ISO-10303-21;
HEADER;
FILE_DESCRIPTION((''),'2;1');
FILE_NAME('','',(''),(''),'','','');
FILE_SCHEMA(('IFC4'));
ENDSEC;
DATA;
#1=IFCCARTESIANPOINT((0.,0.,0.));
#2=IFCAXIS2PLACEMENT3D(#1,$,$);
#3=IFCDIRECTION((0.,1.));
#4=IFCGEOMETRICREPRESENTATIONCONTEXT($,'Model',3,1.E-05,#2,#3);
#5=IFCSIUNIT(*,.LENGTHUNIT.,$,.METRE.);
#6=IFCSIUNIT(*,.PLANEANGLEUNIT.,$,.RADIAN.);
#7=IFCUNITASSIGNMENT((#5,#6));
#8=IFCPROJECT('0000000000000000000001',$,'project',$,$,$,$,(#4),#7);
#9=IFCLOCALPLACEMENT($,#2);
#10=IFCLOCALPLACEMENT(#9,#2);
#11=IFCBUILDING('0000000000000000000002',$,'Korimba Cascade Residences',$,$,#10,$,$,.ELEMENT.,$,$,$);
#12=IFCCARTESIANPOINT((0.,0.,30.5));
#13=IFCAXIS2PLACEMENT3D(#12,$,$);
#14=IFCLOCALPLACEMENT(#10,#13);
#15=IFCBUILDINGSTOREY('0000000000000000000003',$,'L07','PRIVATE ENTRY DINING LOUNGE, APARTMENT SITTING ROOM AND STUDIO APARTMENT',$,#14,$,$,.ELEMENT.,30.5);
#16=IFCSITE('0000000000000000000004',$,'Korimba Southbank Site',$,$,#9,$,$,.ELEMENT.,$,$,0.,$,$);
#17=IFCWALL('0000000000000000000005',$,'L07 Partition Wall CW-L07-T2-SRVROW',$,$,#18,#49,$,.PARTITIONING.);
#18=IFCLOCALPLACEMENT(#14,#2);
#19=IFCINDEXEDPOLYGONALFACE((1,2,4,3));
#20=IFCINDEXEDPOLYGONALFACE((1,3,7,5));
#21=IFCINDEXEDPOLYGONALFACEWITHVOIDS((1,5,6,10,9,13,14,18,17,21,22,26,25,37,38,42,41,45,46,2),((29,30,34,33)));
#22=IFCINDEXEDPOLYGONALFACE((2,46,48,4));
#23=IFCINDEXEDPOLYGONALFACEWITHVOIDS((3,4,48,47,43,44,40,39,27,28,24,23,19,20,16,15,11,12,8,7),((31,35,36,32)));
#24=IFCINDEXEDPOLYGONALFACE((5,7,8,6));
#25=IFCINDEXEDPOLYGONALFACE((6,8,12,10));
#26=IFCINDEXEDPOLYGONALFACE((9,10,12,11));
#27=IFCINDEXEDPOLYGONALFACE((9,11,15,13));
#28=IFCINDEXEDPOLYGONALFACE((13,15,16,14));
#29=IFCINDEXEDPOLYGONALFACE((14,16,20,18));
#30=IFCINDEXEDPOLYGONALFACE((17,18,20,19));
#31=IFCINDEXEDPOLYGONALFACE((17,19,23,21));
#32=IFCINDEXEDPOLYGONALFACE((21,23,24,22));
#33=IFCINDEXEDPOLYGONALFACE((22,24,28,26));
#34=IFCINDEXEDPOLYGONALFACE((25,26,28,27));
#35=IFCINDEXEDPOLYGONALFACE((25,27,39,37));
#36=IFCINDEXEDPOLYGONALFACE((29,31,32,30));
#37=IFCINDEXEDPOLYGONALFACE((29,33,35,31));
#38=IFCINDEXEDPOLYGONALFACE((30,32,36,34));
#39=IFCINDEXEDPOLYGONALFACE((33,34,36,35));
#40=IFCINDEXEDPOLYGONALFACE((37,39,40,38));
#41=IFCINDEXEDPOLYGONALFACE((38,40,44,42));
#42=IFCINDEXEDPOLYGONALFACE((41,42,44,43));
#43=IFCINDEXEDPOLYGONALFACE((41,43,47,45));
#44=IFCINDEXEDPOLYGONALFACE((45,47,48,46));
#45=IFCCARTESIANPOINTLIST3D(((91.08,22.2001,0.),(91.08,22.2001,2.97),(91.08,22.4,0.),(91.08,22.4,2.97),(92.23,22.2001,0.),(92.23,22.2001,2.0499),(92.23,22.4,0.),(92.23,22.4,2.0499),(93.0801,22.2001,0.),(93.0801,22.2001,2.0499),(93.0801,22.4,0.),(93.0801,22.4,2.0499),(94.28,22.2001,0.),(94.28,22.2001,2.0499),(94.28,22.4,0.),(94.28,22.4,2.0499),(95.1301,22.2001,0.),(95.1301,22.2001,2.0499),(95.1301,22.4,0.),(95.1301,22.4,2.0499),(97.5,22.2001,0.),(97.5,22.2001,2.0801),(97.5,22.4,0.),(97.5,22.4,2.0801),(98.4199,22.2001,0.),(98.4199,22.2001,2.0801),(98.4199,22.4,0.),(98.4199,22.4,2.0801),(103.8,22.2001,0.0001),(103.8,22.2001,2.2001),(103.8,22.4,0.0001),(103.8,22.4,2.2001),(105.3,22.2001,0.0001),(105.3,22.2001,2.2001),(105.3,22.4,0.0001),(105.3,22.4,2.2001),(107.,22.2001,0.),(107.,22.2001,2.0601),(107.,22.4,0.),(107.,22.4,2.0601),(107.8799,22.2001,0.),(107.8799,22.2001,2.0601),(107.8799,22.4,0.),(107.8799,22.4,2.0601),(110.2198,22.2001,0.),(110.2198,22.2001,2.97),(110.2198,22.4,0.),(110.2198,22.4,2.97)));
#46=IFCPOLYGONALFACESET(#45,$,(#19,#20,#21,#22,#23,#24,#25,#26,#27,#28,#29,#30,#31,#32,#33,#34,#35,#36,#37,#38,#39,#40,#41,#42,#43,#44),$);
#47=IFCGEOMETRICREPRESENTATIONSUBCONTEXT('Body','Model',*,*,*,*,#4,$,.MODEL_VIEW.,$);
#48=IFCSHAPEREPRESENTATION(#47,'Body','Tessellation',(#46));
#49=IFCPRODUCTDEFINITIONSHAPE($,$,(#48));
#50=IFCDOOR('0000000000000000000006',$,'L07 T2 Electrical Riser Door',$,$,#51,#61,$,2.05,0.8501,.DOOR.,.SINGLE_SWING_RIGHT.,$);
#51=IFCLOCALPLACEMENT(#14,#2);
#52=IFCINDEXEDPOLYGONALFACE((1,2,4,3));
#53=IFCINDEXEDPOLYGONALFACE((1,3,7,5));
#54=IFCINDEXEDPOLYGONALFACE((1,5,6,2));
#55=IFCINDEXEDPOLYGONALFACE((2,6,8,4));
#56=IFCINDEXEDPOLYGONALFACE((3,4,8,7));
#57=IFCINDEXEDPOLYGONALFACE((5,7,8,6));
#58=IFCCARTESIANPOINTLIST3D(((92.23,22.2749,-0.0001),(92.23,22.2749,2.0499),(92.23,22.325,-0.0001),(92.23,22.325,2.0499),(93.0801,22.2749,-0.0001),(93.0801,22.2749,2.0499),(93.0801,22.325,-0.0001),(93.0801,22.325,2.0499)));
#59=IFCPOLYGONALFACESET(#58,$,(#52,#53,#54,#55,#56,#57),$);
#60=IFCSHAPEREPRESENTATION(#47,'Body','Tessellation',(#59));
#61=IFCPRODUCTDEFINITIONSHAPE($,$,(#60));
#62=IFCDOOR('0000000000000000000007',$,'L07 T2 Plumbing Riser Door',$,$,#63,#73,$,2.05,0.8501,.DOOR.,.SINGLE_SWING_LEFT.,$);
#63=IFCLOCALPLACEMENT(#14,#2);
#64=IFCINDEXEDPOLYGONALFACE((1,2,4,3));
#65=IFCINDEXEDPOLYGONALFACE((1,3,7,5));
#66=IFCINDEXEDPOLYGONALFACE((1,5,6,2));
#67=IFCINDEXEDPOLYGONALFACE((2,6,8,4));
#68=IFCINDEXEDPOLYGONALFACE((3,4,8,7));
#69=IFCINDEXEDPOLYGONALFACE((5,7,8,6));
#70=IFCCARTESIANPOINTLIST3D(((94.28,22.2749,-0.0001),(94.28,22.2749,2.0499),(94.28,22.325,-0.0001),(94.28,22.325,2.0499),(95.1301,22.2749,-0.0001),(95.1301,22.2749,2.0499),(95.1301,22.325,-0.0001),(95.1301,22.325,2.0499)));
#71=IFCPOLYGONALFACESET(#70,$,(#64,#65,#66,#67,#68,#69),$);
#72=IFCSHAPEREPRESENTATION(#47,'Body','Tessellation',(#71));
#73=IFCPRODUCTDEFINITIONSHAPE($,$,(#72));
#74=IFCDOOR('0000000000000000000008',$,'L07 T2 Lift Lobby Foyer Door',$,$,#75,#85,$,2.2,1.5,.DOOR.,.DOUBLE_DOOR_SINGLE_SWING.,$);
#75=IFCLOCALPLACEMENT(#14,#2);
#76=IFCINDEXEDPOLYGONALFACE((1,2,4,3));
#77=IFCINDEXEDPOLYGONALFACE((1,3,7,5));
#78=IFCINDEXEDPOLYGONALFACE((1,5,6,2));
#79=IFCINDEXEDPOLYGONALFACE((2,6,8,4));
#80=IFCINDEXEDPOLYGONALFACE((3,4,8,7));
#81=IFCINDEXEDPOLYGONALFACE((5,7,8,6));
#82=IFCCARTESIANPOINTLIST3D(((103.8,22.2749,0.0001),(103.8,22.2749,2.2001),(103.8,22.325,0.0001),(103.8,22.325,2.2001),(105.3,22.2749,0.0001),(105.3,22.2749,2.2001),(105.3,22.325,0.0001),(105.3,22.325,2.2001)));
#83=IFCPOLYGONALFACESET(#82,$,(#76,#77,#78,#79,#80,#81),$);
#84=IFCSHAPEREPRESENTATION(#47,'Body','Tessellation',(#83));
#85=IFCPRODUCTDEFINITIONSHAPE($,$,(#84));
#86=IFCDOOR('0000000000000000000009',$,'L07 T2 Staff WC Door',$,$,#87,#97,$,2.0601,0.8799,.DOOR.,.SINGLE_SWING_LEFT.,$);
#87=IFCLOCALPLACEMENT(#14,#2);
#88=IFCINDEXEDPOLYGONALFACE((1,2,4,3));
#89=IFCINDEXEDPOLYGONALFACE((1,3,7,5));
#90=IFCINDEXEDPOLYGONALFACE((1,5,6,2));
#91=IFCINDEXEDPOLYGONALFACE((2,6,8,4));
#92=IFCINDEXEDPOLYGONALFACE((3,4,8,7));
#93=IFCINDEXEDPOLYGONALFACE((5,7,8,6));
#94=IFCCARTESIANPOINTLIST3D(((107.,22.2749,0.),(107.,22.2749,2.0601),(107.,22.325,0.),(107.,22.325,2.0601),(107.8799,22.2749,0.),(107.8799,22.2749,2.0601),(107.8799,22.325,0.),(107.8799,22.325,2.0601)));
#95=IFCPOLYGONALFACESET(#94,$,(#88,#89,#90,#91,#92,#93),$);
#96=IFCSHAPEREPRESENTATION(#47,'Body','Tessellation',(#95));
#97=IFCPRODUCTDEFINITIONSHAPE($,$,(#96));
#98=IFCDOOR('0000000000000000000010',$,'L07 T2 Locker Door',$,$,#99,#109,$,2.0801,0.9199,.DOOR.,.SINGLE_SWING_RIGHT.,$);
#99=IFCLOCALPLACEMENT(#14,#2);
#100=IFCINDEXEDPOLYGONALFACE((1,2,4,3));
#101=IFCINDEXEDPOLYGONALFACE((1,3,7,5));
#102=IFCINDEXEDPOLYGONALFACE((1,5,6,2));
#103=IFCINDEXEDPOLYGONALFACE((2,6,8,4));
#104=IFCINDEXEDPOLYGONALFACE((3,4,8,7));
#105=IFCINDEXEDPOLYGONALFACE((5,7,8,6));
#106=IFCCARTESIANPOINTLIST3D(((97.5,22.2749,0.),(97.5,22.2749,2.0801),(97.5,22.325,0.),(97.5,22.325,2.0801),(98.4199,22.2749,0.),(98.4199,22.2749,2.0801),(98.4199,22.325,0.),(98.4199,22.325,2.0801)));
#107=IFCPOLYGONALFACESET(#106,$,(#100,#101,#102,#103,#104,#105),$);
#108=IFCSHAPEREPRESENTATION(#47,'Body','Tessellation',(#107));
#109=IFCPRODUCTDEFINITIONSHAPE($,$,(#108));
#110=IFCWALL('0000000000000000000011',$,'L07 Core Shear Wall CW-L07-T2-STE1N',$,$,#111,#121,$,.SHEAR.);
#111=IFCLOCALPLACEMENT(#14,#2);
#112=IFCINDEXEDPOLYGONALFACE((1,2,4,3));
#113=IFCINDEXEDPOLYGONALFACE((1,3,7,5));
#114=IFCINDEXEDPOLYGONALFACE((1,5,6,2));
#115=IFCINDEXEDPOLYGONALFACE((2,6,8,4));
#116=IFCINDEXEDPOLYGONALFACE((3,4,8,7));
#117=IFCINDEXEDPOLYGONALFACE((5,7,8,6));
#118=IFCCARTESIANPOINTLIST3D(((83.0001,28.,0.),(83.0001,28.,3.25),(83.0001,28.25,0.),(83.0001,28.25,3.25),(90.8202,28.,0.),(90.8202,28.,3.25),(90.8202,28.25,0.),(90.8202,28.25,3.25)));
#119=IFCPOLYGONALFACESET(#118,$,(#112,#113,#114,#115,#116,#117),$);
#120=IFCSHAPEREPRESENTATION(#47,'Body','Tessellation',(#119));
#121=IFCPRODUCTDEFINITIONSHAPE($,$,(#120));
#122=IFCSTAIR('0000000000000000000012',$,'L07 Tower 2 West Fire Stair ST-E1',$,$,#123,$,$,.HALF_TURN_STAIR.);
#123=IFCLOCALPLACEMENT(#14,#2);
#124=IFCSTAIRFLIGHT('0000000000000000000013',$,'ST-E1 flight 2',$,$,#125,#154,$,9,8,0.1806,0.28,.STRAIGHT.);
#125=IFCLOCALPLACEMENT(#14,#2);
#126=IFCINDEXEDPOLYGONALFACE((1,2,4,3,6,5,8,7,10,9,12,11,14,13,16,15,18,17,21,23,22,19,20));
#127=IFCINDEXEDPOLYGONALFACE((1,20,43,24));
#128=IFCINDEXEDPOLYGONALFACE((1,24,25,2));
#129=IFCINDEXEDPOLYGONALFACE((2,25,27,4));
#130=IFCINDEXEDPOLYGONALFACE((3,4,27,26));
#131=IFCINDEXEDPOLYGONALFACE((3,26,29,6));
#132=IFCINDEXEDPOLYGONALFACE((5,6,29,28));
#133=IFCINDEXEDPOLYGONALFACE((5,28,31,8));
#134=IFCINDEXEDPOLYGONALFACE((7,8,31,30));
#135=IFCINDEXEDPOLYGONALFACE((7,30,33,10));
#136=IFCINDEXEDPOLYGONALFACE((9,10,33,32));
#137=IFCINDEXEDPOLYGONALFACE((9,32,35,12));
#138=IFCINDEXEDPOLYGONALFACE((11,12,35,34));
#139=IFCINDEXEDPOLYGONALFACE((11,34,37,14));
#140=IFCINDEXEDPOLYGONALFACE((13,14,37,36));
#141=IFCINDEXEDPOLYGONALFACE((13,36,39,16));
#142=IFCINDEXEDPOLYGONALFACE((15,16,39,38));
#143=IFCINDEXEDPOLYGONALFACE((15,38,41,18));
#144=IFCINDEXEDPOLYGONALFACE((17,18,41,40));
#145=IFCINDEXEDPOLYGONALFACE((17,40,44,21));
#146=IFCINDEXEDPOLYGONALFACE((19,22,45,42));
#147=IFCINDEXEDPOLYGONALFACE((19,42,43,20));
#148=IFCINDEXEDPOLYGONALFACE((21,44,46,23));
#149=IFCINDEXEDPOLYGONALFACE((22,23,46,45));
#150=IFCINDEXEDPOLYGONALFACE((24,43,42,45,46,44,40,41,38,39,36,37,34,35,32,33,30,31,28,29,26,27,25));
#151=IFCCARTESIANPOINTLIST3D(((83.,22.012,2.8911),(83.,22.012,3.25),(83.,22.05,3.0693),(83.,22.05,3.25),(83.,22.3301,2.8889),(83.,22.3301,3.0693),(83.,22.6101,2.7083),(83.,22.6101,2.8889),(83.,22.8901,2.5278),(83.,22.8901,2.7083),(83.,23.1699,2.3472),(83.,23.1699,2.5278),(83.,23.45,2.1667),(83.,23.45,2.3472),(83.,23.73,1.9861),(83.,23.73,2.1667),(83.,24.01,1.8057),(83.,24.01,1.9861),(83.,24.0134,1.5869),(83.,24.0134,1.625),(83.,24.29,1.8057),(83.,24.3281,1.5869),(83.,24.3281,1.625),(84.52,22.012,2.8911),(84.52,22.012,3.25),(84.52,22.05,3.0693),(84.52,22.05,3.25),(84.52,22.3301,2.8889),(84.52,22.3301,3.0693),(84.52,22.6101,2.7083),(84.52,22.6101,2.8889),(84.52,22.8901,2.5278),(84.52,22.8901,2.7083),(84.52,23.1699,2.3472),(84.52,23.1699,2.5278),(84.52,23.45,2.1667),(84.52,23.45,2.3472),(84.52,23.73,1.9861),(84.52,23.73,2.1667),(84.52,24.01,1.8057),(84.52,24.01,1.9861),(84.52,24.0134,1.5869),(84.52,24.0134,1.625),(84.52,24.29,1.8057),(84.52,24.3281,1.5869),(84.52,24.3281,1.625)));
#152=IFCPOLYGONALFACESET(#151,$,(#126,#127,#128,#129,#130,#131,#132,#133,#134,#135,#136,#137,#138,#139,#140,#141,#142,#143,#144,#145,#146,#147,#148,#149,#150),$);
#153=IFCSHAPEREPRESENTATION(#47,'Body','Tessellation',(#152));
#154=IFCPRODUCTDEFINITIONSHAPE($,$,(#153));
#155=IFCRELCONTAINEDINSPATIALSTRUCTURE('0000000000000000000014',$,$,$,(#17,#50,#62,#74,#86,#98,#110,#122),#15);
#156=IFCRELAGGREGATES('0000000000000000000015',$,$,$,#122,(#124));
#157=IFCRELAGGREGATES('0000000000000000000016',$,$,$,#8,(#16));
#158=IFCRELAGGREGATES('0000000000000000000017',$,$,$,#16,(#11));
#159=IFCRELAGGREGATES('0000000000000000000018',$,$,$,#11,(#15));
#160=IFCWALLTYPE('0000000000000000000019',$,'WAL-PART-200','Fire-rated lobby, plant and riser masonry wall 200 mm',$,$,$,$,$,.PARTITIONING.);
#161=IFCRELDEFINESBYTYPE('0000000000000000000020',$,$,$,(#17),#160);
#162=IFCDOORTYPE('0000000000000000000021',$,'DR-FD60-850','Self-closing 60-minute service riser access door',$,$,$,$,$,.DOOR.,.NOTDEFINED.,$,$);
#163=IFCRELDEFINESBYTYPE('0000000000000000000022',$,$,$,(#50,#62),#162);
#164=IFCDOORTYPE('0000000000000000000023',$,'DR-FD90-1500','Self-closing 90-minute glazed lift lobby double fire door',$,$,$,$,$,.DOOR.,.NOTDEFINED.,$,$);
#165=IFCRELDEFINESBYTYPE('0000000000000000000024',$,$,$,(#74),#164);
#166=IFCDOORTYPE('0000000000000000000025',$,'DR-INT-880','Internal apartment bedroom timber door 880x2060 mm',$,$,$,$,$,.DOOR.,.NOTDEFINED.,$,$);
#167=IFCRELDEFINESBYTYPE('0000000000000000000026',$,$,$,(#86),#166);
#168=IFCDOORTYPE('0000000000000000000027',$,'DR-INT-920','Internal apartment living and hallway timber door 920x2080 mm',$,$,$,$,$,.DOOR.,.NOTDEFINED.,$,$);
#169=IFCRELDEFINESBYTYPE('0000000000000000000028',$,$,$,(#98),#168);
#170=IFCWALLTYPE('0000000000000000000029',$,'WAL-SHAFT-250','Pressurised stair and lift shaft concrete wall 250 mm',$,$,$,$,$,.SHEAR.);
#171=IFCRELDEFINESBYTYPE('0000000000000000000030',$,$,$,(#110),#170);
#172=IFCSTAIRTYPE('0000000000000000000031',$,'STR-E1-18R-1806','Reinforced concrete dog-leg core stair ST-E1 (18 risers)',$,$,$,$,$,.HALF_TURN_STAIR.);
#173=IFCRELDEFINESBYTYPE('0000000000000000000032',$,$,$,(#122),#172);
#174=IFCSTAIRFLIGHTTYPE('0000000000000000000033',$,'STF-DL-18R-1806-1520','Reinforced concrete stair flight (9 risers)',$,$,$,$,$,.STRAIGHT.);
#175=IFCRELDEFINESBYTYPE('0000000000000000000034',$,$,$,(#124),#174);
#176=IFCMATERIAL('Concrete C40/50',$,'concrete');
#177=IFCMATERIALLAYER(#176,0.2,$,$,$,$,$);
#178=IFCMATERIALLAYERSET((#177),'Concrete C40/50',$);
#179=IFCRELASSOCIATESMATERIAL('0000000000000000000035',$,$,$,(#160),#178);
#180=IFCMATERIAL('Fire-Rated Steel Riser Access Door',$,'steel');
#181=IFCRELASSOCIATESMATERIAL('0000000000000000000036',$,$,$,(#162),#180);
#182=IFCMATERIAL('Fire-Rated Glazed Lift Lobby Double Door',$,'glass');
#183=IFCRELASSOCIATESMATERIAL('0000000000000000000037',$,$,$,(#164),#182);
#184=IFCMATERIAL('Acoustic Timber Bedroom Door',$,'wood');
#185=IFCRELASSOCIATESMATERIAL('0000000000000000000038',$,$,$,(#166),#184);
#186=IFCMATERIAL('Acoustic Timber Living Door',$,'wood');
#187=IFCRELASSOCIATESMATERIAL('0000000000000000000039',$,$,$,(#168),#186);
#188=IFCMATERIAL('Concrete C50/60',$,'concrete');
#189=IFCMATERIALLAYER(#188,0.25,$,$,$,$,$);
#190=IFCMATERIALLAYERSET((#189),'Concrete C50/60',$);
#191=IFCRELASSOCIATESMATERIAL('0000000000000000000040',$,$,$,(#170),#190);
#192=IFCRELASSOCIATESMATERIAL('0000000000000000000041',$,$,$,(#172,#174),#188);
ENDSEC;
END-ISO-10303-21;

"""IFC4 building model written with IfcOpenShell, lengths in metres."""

from ifc_helpers import new_model, si_unit, direction, frame, frame_2d, origin, place, context, subcontext, project, spatial, polyline, rectangle, outline, extrude, material, layer, layer_set, type_object, element, fill, aggregate, save


model = new_model("IFC4")

# Units and contexts
model_context = context("Model", 3, precision=1e-05, world=origin(), true_north=direction((0.0, 1.0)))
body_context = subcontext(model_context, "Body", "Model", "MODEL_VIEW")
ifc_project = project(units=[si_unit("LENGTHUNIT", "METRE"), si_unit("PLANEANGLEUNIT", "RADIAN")], contexts=[model_context])

# Site, building, storey
site_placement = place(None, origin())
site = spatial("IfcSite", under=ifc_project, at=site_placement, Name="Korimba Southbank Site", CompositionType="ELEMENT", RefElevation=0.0)
building_placement = place(site_placement, origin())
building = spatial("IfcBuilding", under=site, at=building_placement, Name="Korimba Cascade Residences", CompositionType="ELEMENT")
storey_placement = place(building_placement, frame((0.0, 0.0, 30.5)))
storey = spatial("IfcBuildingStorey", under=building, at=storey_placement, Name="L07", Description="PRIVATE ENTRY DINING LOUNGE, APARTMENT SITTING ROOM AND STUDIO APARTMENT", CompositionType="ELEMENT", Elevation=30.5)

# Shared definitions
ifc_material_1 = material(Name="Concrete C40/50", Category="concrete")
ifc_layer_1 = layer(ifc_material_1, 0.2)
ifc_layer_set_1 = layer_set([ifc_layer_1], Name="Concrete C40/50")
wall_type_1 = type_object("IfcWallType", Name="WAL-PART-200", Description="Fire-rated lobby, plant and riser masonry wall 200 mm", PredefinedType="PARTITIONING", material=ifc_layer_set_1)

# Wall, openings, doors
wall_1_placement = place(storey_placement, frame((91.0801, 22.3, 0.0), z_axis=(0.0, 0.0, 1.0), x_axis=(1.0, 0.0, 0.0)))
wall_1 = element("IfcWall", 1, at=wall_1_placement, inside=storey, type_object=wall_type_1, Name="L07 Partition Wall CW-L07-T2-SRVROW", PredefinedType="PARTITIONING", context=body_context, shape_type="SweptSolid", body=[
    extrude(rectangle(XDim=19.1399, YDim=0.2, at=frame_2d((9.5698, 0.0))), origin(), (0.0, 0.0, 1.0), 2.97),
])
opening_1_placement = place(wall_1_placement, frame((1.1499, 0.0, 0.0)))
opening_1 = element("IfcOpeningElement", 2, at=opening_1_placement, cuts=wall_1, PredefinedType="OPENING", context=body_context, shape_type="SweptSolid", body=[
    extrude(rectangle(XDim=0.8501, YDim=2.05, at=frame_2d((0.425, 1.0249))), frame((0.0, 0.1099, 0.0), z_axis=(0.0, -1.0, 0.0), x_axis=(1.0, 0.0, 0.0)), (0.0, 0.0, 1.0), 0.22),
])
opening_2_placement = place(wall_1_placement, frame((3.2, 0.0, 0.0)))
opening_2 = element("IfcOpeningElement", 3, at=opening_2_placement, cuts=wall_1, PredefinedType="OPENING", context=body_context, shape_type="SweptSolid", body=[
    extrude(rectangle(XDim=0.8501, YDim=2.05, at=frame_2d((0.425, 1.0249))), frame((0.0, 0.1099, 0.0), z_axis=(0.0, -1.0, 0.0), x_axis=(1.0, 0.0, 0.0)), (0.0, 0.0, 1.0), 0.22),
])
opening_3_placement = place(wall_1_placement, frame((12.72, 0.0, 0.0)))
opening_3 = element("IfcOpeningElement", 4, at=opening_3_placement, cuts=wall_1, PredefinedType="OPENING", context=body_context, shape_type="SweptSolid", body=[
    extrude(rectangle(XDim=1.5, YDim=2.2, at=frame_2d((0.75, 1.1001))), frame((0.0, 0.1099, 0.0), z_axis=(0.0, -1.0, 0.0), x_axis=(1.0, 0.0, 0.0)), (0.0, 0.0, 1.0), 0.22),
])
opening_4_placement = place(wall_1_placement, frame((6.4199, 0.0, 0.0)))
opening_4 = element("IfcOpeningElement", 5, at=opening_4_placement, cuts=wall_1, PredefinedType="OPENING", context=body_context, shape_type="SweptSolid", body=[
    extrude(rectangle(XDim=0.9199, YDim=2.0801, at=frame_2d((0.46, 1.04))), frame((0.0, 0.1099, 0.0), z_axis=(0.0, -1.0, 0.0), x_axis=(1.0, 0.0, 0.0)), (0.0, 0.0, 1.0), 0.22),
])
opening_5_placement = place(wall_1_placement, frame((15.9199, 0.0, 0.0)))
opening_5 = element("IfcOpeningElement", 6, at=opening_5_placement, cuts=wall_1, PredefinedType="OPENING", context=body_context, shape_type="SweptSolid", body=[
    extrude(rectangle(XDim=0.8799, YDim=2.0601, at=frame_2d((0.4399, 1.03))), frame((0.0, 0.1099, 0.0), z_axis=(0.0, -1.0, 0.0), x_axis=(1.0, 0.0, 0.0)), (0.0, 0.0, 1.0), 0.22),
])
ifc_material_2 = material(Name="Fire-Rated Steel Riser Access Door", Category="steel")
door_type_1 = type_object("IfcDoorType", Name="DR-FD60-850", Description="Self-closing 60-minute service riser access door", OperationType="NOTDEFINED", PredefinedType="DOOR", material=ifc_material_2)
door_1_placement = place(opening_1_placement, origin())
door_1 = element("IfcDoor", 7, at=door_1_placement, inside=storey, type_object=door_type_1, Name="L07 T2 Electrical Riser Door", OperationType="SINGLE_SWING_RIGHT", OverallHeight=2.05, OverallWidth=0.8501, PredefinedType="DOOR", context=body_context, shape_type="SweptSolid", body=[
    extrude(rectangle(XDim=0.8501, YDim=2.05, at=frame_2d((0.425, 1.0249))), frame((0.0, 0.0249, 0.0), z_axis=(0.0, -1.0, 0.0), x_axis=(1.0, 0.0, 0.0)), (0.0, 0.0, 1.0), 0.05),
])
fill(opening_1, door_1)
door_2_placement = place(opening_2_placement, origin())
door_2 = element("IfcDoor", 8, at=door_2_placement, inside=storey, type_object=door_type_1, Name="L07 T2 Plumbing Riser Door", OperationType="SINGLE_SWING_LEFT", OverallHeight=2.05, OverallWidth=0.8501, PredefinedType="DOOR", context=body_context, shape_type="SweptSolid", body=[
    extrude(rectangle(XDim=0.8501, YDim=2.05, at=frame_2d((0.425, 1.0249))), frame((0.0, 0.0249, 0.0), z_axis=(0.0, -1.0, 0.0), x_axis=(1.0, 0.0, 0.0)), (0.0, 0.0, 1.0), 0.05),
])
fill(opening_2, door_2)
ifc_material_3 = material(Name="Fire-Rated Glazed Lift Lobby Double Door", Category="glass")
door_type_2 = type_object("IfcDoorType", Name="DR-FD90-1500", Description="Self-closing 90-minute glazed lift lobby double fire door", OperationType="NOTDEFINED", PredefinedType="DOOR", material=ifc_material_3)
door_3_placement = place(opening_3_placement, origin())
door_3 = element("IfcDoor", 9, at=door_3_placement, inside=storey, type_object=door_type_2, Name="L07 T2 Lift Lobby Foyer Door", OperationType="DOUBLE_DOOR_SINGLE_SWING", OverallHeight=2.2, OverallWidth=1.5, PredefinedType="DOOR", context=body_context, shape_type="SweptSolid", body=[
    extrude(rectangle(XDim=1.5, YDim=2.2, at=frame_2d((0.75, 1.1001))), frame((0.0, 0.0249, 0.0), z_axis=(0.0, -1.0, 0.0), x_axis=(1.0, 0.0, 0.0)), (0.0, 0.0, 1.0), 0.05),
])
fill(opening_3, door_3)
ifc_material_4 = material(Name="Acoustic Timber Bedroom Door", Category="wood")
door_type_3 = type_object("IfcDoorType", Name="DR-INT-880", Description="Internal apartment bedroom timber door 880x2060 mm", OperationType="NOTDEFINED", PredefinedType="DOOR", material=ifc_material_4)
door_4_placement = place(opening_5_placement, origin())
door_4 = element("IfcDoor", 10, at=door_4_placement, inside=storey, type_object=door_type_3, Name="L07 T2 Staff WC Door", OperationType="SINGLE_SWING_LEFT", OverallHeight=2.0601, OverallWidth=0.8799, PredefinedType="DOOR", context=body_context, shape_type="SweptSolid", body=[
    extrude(rectangle(XDim=0.8799, YDim=2.0601, at=frame_2d((0.4399, 1.03))), frame((0.0, 0.0249, 0.0), z_axis=(0.0, -1.0, 0.0), x_axis=(1.0, 0.0, 0.0)), (0.0, 0.0, 1.0), 0.05),
])
fill(opening_5, door_4)
ifc_material_5 = material(Name="Acoustic Timber Living Door", Category="wood")
door_type_4 = type_object("IfcDoorType", Name="DR-INT-920", Description="Internal apartment living and hallway timber door 920x2080 mm", OperationType="NOTDEFINED", PredefinedType="DOOR", material=ifc_material_5)
door_5_placement = place(opening_4_placement, origin())
door_5 = element("IfcDoor", 11, at=door_5_placement, inside=storey, type_object=door_type_4, Name="L07 T2 Locker Door", OperationType="SINGLE_SWING_RIGHT", OverallHeight=2.0801, OverallWidth=0.9199, PredefinedType="DOOR", context=body_context, shape_type="SweptSolid", body=[
    extrude(rectangle(XDim=0.9199, YDim=2.0801, at=frame_2d((0.46, 1.04))), frame((0.0, 0.0249, 0.0), z_axis=(0.0, -1.0, 0.0), x_axis=(1.0, 0.0, 0.0)), (0.0, 0.0, 1.0), 0.05),
])
fill(opening_4, door_5)

# Wall
ifc_material_6 = material(Name="Concrete C50/60", Category="concrete")
ifc_layer_2 = layer(ifc_material_6, 0.25)
ifc_layer_set_2 = layer_set([ifc_layer_2], Name="Concrete C50/60")
wall_type_2 = type_object("IfcWallType", Name="WAL-SHAFT-250", Description="Pressurised stair and lift shaft concrete wall 250 mm", PredefinedType="SHEAR", material=ifc_layer_set_2)
wall_2_placement = place(storey_placement, frame((83.0, 28.125, 0.0), z_axis=(0.0, 0.0, 1.0), x_axis=(1.0, 0.0, 0.0)))
element("IfcWall", 12, at=wall_2_placement, inside=storey, type_object=wall_type_2, Name="L07 Core Shear Wall CW-L07-T2-STE1N", PredefinedType="SHEAR", context=body_context, shape_type="SweptSolid", body=[
    extrude(rectangle(XDim=7.8201, YDim=0.25, at=frame_2d((3.9102, 0.0))), origin(), (0.0, 0.0, 1.0), 3.25),
])

# Stair, stair flight
stair_type = type_object("IfcStairType", Name="STR-E1-18R-1806", Description="Reinforced concrete dog-leg core stair ST-E1 (18 risers)", PredefinedType="HALF_TURN_STAIR", material=ifc_material_6)
stair_placement = place(storey_placement, origin())
stair = element("IfcStair", 13, at=stair_placement, inside=storey, type_object=stair_type, Name="L07 Tower 2 West Fire Stair ST-E1", PredefinedType="HALF_TURN_STAIR")
stair_flight_type = type_object("IfcStairFlightType", Name="STF-DL-18R-1806-1520", Description="Reinforced concrete stair flight (9 risers)", PredefinedType="STRAIGHT", material=ifc_material_6)
stair_flight_placement = place(storey_placement, frame((83.76, 24.29, 1.625), z_axis=(0.0, 0.0, 1.0), x_axis=(0.0, -1.0, 0.0)))
stair_flight = element("IfcStairFlight", 14, at=stair_flight_placement, type_object=stair_flight_type, Name="ST-E1 flight 2", NumberOfRisers=9, NumberOfTreads=8, PredefinedType="STRAIGHT", RiserHeight=0.1806, TreadLength=0.28, context=body_context, shape_type="SweptSolid", body=[
    extrude(outline(polyline([(-0.0381, 0.0), (0.0, 0.1807), (0.28, 0.1807), (0.28, 0.3611), (0.5601, 0.3611), (0.5601, 0.5417), (0.8401, 0.5417), (0.8401, 0.7222), (1.1201, 0.7222), (1.1201, 0.9028), (1.3999, 0.9028), (1.3999, 1.0833), (1.6799, 1.0833), (1.6799, 1.2639), (1.96, 1.2639), (1.96, 1.4443), (2.24, 1.4443), (2.24, 1.625), (2.2781, 1.625), (2.2781, 1.2661), (0.2766, 0.0), (0.2766, -0.0381), (-0.0381, -0.0381), (-0.0381, 0.0)])), frame((0.0, 0.76, 0.0), z_axis=(0.0, -1.0, 0.0), x_axis=(1.0, 0.0, 0.0)), (0.0, 0.0, 1.0), 1.52),
])
aggregate(stair, [stair_flight])

save(model, "model.ifc")
